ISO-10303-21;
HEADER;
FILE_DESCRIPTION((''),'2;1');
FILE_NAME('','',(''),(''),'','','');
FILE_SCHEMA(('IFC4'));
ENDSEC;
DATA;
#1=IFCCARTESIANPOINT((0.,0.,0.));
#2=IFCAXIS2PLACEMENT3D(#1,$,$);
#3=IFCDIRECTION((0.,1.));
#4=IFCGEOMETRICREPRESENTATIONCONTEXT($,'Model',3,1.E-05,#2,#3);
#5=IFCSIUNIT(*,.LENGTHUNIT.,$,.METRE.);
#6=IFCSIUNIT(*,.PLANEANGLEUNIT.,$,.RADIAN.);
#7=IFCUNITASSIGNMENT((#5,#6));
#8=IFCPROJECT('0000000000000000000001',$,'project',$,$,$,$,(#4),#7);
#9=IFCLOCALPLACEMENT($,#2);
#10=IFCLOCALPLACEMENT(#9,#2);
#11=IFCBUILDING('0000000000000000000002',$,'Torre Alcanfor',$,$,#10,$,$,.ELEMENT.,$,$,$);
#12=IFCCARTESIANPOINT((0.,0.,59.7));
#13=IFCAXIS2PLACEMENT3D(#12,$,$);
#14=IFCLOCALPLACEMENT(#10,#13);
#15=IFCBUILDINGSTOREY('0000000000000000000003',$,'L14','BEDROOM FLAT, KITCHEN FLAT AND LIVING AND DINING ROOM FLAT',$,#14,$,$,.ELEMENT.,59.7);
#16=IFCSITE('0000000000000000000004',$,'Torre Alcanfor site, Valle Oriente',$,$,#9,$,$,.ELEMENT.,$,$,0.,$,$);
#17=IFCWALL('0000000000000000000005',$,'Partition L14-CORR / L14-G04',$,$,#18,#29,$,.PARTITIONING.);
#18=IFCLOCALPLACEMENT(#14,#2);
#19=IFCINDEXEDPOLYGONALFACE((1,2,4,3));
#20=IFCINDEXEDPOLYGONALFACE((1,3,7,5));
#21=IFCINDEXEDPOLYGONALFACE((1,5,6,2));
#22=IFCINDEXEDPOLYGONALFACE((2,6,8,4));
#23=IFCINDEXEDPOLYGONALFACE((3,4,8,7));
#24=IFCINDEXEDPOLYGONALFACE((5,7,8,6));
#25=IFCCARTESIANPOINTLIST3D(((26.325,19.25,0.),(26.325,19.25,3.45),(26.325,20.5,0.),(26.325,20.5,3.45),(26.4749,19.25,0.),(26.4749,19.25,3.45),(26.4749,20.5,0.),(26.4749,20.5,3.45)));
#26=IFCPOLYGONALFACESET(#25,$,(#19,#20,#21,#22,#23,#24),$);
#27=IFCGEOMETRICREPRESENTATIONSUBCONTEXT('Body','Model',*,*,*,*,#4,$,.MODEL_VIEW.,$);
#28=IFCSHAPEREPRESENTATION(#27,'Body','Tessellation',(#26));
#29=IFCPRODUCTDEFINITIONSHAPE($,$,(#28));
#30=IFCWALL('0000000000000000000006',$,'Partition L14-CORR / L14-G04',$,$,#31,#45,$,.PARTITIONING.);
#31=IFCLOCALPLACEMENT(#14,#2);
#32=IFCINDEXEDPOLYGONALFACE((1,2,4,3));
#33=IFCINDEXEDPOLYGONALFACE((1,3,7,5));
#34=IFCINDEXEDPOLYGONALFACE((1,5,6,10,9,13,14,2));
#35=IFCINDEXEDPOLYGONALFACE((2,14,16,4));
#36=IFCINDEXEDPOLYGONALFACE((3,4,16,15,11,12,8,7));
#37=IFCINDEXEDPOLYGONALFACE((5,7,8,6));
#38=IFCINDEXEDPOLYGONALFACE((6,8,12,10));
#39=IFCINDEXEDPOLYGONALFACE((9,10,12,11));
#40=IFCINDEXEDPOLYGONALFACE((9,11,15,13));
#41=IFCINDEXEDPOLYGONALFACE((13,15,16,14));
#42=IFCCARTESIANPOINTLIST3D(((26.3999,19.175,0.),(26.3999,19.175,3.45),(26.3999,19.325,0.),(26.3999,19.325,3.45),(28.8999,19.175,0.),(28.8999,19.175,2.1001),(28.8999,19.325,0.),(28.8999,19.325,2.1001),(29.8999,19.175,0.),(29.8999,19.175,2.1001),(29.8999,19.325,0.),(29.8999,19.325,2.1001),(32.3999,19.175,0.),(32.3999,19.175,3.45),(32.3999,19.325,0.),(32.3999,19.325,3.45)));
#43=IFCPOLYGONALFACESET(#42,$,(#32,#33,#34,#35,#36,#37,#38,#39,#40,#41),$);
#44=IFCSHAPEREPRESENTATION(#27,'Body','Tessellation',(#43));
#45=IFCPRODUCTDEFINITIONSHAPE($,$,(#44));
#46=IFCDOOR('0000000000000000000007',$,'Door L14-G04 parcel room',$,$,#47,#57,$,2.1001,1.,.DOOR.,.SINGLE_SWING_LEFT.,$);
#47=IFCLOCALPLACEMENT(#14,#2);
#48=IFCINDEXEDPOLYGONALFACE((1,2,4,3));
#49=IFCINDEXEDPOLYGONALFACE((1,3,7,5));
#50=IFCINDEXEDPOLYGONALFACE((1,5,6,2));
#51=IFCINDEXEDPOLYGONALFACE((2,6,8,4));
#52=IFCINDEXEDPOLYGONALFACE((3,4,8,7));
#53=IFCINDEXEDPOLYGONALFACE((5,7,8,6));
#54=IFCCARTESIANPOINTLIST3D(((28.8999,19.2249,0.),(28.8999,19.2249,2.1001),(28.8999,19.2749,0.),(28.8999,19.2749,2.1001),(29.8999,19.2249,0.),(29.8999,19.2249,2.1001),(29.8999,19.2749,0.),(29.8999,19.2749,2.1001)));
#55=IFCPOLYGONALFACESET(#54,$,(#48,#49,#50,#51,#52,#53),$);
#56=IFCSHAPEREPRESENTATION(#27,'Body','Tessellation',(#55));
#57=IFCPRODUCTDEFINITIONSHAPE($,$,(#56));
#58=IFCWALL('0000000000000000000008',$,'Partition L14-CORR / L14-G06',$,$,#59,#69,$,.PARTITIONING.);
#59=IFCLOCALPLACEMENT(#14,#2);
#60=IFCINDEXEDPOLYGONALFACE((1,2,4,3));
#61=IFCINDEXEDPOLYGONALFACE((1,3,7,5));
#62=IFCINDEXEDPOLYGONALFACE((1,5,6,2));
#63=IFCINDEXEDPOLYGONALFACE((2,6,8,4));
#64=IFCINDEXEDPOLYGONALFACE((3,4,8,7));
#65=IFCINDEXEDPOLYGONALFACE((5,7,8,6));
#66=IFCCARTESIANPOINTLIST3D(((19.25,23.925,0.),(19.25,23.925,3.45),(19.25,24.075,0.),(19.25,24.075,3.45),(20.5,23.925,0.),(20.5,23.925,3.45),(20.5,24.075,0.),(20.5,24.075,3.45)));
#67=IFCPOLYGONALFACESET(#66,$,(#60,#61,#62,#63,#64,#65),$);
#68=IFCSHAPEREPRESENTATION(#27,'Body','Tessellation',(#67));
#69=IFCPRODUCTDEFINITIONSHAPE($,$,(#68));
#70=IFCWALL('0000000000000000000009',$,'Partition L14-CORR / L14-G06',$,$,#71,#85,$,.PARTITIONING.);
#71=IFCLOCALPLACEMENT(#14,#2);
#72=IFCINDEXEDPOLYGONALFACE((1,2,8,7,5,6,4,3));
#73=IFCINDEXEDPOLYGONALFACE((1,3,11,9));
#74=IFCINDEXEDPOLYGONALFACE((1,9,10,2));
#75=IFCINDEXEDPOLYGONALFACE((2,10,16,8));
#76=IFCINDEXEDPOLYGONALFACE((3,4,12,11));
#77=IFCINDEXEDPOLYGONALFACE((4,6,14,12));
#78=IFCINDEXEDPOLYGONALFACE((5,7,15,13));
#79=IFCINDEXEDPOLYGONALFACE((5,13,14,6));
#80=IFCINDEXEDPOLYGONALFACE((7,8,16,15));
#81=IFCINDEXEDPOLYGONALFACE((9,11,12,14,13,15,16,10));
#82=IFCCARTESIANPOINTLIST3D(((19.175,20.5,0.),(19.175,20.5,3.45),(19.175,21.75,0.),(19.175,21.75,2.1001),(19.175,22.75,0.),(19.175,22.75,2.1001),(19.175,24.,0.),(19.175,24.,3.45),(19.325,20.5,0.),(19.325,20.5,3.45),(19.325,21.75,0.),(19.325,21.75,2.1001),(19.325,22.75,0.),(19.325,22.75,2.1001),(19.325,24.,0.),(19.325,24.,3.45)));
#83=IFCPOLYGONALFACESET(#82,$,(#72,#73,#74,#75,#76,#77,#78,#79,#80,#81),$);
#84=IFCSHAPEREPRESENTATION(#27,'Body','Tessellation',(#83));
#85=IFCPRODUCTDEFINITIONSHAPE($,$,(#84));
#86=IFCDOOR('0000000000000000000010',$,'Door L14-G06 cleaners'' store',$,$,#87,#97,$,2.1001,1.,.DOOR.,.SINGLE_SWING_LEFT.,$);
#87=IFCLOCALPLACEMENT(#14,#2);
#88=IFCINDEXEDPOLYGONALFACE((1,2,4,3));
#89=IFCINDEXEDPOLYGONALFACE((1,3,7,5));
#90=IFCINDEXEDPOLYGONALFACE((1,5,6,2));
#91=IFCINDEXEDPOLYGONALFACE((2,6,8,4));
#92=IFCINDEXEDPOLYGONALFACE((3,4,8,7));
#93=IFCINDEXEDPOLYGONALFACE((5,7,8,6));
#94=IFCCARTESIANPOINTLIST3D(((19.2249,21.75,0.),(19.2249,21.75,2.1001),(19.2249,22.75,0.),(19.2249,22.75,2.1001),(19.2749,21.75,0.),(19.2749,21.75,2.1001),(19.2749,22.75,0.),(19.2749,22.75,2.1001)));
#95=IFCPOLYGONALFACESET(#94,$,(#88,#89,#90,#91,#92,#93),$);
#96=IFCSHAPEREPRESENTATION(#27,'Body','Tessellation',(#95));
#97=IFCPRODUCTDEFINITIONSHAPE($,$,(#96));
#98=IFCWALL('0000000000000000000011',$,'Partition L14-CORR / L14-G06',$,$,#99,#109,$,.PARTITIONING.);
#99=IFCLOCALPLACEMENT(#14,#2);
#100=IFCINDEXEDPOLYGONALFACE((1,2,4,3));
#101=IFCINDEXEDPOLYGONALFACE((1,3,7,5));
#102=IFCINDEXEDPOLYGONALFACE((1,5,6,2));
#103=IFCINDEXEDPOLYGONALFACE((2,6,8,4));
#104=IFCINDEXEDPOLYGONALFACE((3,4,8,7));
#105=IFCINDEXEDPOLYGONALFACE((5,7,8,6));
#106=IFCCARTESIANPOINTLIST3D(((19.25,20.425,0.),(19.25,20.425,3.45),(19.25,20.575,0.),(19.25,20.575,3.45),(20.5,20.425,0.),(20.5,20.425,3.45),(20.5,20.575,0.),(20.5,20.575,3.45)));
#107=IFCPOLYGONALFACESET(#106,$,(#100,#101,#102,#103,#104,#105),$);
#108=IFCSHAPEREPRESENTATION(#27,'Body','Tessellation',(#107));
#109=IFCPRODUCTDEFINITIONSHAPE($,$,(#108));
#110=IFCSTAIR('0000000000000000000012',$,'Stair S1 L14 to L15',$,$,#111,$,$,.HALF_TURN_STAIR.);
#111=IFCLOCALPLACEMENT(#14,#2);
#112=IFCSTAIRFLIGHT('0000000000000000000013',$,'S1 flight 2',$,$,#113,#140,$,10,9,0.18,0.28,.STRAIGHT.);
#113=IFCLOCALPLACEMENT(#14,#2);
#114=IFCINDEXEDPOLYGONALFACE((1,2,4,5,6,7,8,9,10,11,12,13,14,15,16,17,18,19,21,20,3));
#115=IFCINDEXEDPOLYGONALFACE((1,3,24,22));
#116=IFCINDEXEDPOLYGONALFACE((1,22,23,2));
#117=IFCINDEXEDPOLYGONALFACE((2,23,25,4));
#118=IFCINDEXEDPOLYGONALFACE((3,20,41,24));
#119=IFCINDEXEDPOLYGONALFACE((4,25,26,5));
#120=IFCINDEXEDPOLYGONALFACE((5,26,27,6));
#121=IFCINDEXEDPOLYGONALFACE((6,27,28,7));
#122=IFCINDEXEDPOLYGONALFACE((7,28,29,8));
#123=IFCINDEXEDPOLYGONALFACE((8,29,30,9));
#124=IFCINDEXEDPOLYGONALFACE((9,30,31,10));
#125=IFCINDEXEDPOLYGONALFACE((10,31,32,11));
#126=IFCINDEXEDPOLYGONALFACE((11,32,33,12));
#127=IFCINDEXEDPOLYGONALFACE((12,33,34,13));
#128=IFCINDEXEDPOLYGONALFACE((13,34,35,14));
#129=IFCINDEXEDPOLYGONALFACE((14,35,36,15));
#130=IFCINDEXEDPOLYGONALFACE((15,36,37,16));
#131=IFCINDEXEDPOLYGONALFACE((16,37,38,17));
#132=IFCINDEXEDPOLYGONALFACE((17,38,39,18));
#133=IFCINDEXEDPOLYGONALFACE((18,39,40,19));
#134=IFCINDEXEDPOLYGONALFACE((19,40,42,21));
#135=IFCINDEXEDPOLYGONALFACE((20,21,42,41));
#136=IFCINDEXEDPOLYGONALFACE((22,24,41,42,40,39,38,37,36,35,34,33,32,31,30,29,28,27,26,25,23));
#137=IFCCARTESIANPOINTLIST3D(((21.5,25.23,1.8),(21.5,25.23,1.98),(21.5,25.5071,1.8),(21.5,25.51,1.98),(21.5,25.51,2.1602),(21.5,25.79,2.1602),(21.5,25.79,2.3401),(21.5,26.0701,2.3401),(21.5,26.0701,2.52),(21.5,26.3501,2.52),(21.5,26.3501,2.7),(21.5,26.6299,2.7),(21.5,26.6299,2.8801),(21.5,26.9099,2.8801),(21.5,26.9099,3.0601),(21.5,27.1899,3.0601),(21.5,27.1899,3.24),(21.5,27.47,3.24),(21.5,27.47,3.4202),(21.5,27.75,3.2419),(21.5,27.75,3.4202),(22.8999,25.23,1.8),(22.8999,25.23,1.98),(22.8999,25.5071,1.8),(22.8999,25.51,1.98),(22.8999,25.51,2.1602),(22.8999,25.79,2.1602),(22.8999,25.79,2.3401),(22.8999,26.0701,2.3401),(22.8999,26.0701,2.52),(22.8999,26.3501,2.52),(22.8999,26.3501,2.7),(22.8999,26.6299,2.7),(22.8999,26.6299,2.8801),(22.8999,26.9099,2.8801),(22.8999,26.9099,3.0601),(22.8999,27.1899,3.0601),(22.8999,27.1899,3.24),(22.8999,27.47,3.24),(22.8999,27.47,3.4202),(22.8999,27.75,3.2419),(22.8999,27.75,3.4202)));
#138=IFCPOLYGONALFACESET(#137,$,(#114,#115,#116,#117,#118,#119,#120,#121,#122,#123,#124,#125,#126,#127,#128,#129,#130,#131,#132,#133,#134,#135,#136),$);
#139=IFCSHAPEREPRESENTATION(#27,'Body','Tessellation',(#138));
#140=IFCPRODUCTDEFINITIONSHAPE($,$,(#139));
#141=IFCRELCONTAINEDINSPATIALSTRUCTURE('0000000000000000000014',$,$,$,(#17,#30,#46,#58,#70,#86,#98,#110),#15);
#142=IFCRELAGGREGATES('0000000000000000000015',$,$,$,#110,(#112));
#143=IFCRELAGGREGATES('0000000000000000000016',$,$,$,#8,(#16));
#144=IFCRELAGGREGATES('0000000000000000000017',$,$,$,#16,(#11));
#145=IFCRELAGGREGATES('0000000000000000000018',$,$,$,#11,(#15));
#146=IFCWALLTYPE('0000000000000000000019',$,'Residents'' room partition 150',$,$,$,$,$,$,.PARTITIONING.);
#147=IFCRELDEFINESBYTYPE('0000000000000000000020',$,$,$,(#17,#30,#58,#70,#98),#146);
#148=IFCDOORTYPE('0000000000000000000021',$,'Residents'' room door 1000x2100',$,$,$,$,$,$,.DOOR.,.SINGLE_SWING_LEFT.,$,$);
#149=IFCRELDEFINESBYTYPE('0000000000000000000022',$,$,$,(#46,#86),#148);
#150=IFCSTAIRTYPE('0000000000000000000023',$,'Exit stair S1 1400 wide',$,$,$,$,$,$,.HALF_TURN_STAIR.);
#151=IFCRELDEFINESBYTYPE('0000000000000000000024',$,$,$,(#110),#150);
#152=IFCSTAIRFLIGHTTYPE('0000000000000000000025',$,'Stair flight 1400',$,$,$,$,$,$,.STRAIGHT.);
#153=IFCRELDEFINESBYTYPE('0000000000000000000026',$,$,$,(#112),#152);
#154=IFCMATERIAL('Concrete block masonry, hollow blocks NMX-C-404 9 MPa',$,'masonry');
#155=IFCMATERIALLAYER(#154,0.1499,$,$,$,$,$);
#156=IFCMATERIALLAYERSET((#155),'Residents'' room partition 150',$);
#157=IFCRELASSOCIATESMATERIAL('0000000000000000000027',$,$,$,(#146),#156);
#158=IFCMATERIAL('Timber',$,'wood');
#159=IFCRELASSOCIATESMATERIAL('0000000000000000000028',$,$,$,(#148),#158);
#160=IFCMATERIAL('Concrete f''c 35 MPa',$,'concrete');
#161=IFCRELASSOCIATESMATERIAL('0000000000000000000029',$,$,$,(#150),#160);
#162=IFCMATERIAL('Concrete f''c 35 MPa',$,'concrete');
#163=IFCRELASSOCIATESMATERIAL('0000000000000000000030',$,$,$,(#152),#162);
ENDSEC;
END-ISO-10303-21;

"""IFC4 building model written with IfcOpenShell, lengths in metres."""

from ifc_helpers import new_model, si_unit, direction, frame, frame_2d, origin, place, context, subcontext, project, spatial, polyline, rectangle, outline, extrude, material, layer, layer_set, type_object, element, fill, aggregate, save


model = new_model("IFC4")

# Units and contexts
model_context = context("Model", 3, precision=1e-05, world=origin(), true_north=direction((0.0, 1.0)))
body_context = subcontext(model_context, "Body", "Model", "MODEL_VIEW")
ifc_project = project(units=[si_unit("LENGTHUNIT", "METRE"), si_unit("PLANEANGLEUNIT", "RADIAN")], contexts=[model_context])

# Site, building, storey
site_placement = place(None, origin())
site = spatial("IfcSite", under=ifc_project, at=site_placement, Name="Torre Alcanfor site, Valle Oriente", CompositionType="ELEMENT", RefElevation=0.0)
building_placement = place(site_placement, origin())
building = spatial("IfcBuilding", under=site, at=building_placement, Name="Torre Alcanfor", CompositionType="ELEMENT")
storey_placement = place(building_placement, frame((0.0, 0.0, 59.7)))
storey = spatial("IfcBuildingStorey", under=building, at=storey_placement, Name="L14", Description="BEDROOM FLAT, KITCHEN FLAT AND LIVING AND DINING ROOM FLAT", CompositionType="ELEMENT", Elevation=59.7)

# Wall
ifc_material_1 = material(Name="Concrete block masonry, hollow blocks NMX-C-404 9 MPa", Category="masonry")
ifc_layer_1 = layer(ifc_material_1, 0.1499)
ifc_layer_set_1 = layer_set([ifc_layer_1], Name="Residents' room partition 150")
wall_type_1 = type_object("IfcWallType", Name="Residents' room partition 150", PredefinedType="PARTITIONING", material=ifc_layer_set_1)
wall_1_placement = place(storey_placement, frame((26.3999, 20.5, 0.0), z_axis=(0.0, 0.0, 1.0), x_axis=(0.0, -1.0, 0.0)))
element("IfcWall", 1, at=wall_1_placement, inside=storey, type_object=wall_type_1, Name="Partition L14-CORR / L14-G04", PredefinedType="PARTITIONING", context=body_context, shape_type="SweptSolid", body=[
    extrude(rectangle(XDim=1.25, YDim=0.1499, at=frame_2d((0.625, 0.0))), origin(), (0.0, 0.0, 1.0), 3.45),
])

# Wall, opening, door
wall_2_placement = place(storey_placement, frame((26.3999, 19.25, 0.0), z_axis=(0.0, 0.0, 1.0), x_axis=(1.0, 0.0, 0.0)))
wall_2 = element("IfcWall", 2, at=wall_2_placement, inside=storey, type_object=wall_type_1, Name="Partition L14-CORR / L14-G04", PredefinedType="PARTITIONING", context=body_context, shape_type="SweptSolid", body=[
    extrude(rectangle(XDim=6.0, YDim=0.1499, at=frame_2d((3.0, 0.0))), origin(), (0.0, 0.0, 1.0), 3.45),
])
opening_1_placement = place(wall_2_placement, frame((2.5, 0.0, 0.0)))
opening_1 = element("IfcOpeningElement", 3, at=opening_1_placement, cuts=wall_2, PredefinedType="OPENING", context=body_context, shape_type="SweptSolid", body=[
    extrude(rectangle(XDim=1.0, YDim=2.1001, at=frame_2d((0.5, 1.05))), frame((0.0, 0.085, 0.0), z_axis=(0.0, -1.0, 0.0), x_axis=(1.0, 0.0, 0.0)), (0.0, 0.0, 1.0), 0.1699),
])
ifc_material_2 = material(Name="Timber", Category="wood")
door_type_1 = type_object("IfcDoorType", Name="Residents' room door 1000x2100", OperationType="SINGLE_SWING_LEFT", PredefinedType="DOOR", material=ifc_material_2)
door_1_placement = place(opening_1_placement, origin())
door_1 = element("IfcDoor", 4, at=door_1_placement, inside=storey, type_object=door_type_1, Name="Door L14-G04 parcel room", OperationType="SINGLE_SWING_LEFT", OverallHeight=2.1001, OverallWidth=1.0, PredefinedType="DOOR", context=body_context, shape_type="SweptSolid", body=[
    extrude(rectangle(XDim=1.0, YDim=2.1001, at=frame_2d((0.5, 1.05))), frame((0.0, 0.0249, 0.0), z_axis=(0.0, -1.0, 0.0), x_axis=(1.0, 0.0, 0.0)), (0.0, 0.0, 1.0), 0.05),
])
fill(opening_1, door_1)

# Wall
wall_3_placement = place(storey_placement, frame((20.5, 24.0, 0.0), z_axis=(0.0, 0.0, 1.0), x_axis=(-1.0, 0.0, 0.0)))
element("IfcWall", 5, at=wall_3_placement, inside=storey, type_object=wall_type_1, Name="Partition L14-CORR / L14-G06", PredefinedType="PARTITIONING", context=body_context, shape_type="SweptSolid", body=[
    extrude(rectangle(XDim=1.25, YDim=0.1499, at=frame_2d((0.625, 0.0))), origin(), (0.0, 0.0, 1.0), 3.45),
])

# Wall, opening, door
wall_4_placement = place(storey_placement, frame((19.25, 24.0, 0.0), z_axis=(0.0, 0.0, 1.0), x_axis=(0.0, -1.0, 0.0)))
wall_4 = element("IfcWall", 6, at=wall_4_placement, inside=storey, type_object=wall_type_1, Name="Partition L14-CORR / L14-G06", PredefinedType="PARTITIONING", context=body_context, shape_type="SweptSolid", body=[
    extrude(rectangle(XDim=3.5, YDim=0.1499, at=frame_2d((1.75, 0.0))), origin(), (0.0, 0.0, 1.0), 3.45),
])
opening_2_placement = place(wall_4_placement, frame((1.25, 0.0, 0.0)))
opening_2 = element("IfcOpeningElement", 7, at=opening_2_placement, cuts=wall_4, PredefinedType="OPENING", context=body_context, shape_type="SweptSolid", body=[
    extrude(rectangle(XDim=1.0, YDim=2.1001, at=frame_2d((0.5, 1.05))), frame((0.0, 0.085, 0.0), z_axis=(0.0, -1.0, 0.0), x_axis=(1.0, 0.0, 0.0)), (0.0, 0.0, 1.0), 0.1699),
])
door_2_placement = place(opening_2_placement, origin())
door_2 = element("IfcDoor", 8, at=door_2_placement, inside=storey, type_object=door_type_1, Name="Door L14-G06 cleaners' store", OperationType="SINGLE_SWING_LEFT", OverallHeight=2.1001, OverallWidth=1.0, PredefinedType="DOOR", context=body_context, shape_type="SweptSolid", body=[
    extrude(rectangle(XDim=1.0, YDim=2.1001, at=frame_2d((0.5, 1.05))), frame((0.0, 0.0249, 0.0), z_axis=(0.0, -1.0, 0.0), x_axis=(1.0, 0.0, 0.0)), (0.0, 0.0, 1.0), 0.05),
])
fill(opening_2, door_2)

# Wall
wall_5_placement = place(storey_placement, frame((19.25, 20.5, 0.0), z_axis=(0.0, 0.0, 1.0), x_axis=(1.0, 0.0, 0.0)))
element("IfcWall", 9, at=wall_5_placement, inside=storey, type_object=wall_type_1, Name="Partition L14-CORR / L14-G06", PredefinedType="PARTITIONING", context=body_context, shape_type="SweptSolid", body=[
    extrude(rectangle(XDim=1.25, YDim=0.1499, at=frame_2d((0.625, 0.0))), origin(), (0.0, 0.0, 1.0), 3.45),
])

# Stair, stair flight
ifc_material_3 = material(Name="Concrete f'c 35 MPa", Category="concrete")
stair_type = type_object("IfcStairType", Name="Exit stair S1 1400 wide", PredefinedType="HALF_TURN_STAIR", material=ifc_material_3)
stair_placement = place(storey_placement, origin())
stair = element("IfcStair", 10, at=stair_placement, inside=storey, type_object=stair_type, Name="Stair S1 L14 to L15", PredefinedType="HALF_TURN_STAIR")
ifc_material_4 = material(Name="Concrete f'c 35 MPa", Category="concrete")
stair_flight_type = type_object("IfcStairFlightType", Name="Stair flight 1400", PredefinedType="STRAIGHT", material=ifc_material_4)
stair_flight_placement = place(storey_placement, frame((22.2, 25.23, 1.8), z_axis=(0.0, 0.0, 1.0), x_axis=(0.0, 1.0, 0.0)))
stair_flight = element("IfcStairFlight", 11, at=stair_flight_placement, type_object=stair_flight_type, Name="S1 flight 2", NumberOfRisers=10, NumberOfTreads=9, PredefinedType="STRAIGHT", RiserHeight=0.18, TreadLength=0.28, context=body_context, shape_type="SweptSolid", body=[
    extrude(outline(polyline([(0.0, 0.0), (0.0, 0.1799), (0.28, 0.1799), (0.28, 0.3601), (0.5601, 0.3601), (0.5601, 0.54), (0.8401, 0.54), (0.8401, 0.72), (1.1201, 0.72), (1.1201, 0.8999), (1.3999, 0.8999), (1.3999, 1.0801), (1.6799, 1.0801), (1.6799, 1.26), (1.96, 1.26), (1.96, 1.4399), (2.24, 1.4399), (2.24, 1.6201), (2.52, 1.6201), (2.52, 1.8), (2.52, 1.4419), (0.2771, 0.0), (0.0, 0.0)])), frame((0.0, 0.7, 0.0), z_axis=(0.0, -1.0, 0.0), x_axis=(1.0, 0.0, 0.0)), (0.0, 0.0, 1.0), 1.3999),
])
aggregate(stair, [stair_flight])

save(model, "model.ifc")
